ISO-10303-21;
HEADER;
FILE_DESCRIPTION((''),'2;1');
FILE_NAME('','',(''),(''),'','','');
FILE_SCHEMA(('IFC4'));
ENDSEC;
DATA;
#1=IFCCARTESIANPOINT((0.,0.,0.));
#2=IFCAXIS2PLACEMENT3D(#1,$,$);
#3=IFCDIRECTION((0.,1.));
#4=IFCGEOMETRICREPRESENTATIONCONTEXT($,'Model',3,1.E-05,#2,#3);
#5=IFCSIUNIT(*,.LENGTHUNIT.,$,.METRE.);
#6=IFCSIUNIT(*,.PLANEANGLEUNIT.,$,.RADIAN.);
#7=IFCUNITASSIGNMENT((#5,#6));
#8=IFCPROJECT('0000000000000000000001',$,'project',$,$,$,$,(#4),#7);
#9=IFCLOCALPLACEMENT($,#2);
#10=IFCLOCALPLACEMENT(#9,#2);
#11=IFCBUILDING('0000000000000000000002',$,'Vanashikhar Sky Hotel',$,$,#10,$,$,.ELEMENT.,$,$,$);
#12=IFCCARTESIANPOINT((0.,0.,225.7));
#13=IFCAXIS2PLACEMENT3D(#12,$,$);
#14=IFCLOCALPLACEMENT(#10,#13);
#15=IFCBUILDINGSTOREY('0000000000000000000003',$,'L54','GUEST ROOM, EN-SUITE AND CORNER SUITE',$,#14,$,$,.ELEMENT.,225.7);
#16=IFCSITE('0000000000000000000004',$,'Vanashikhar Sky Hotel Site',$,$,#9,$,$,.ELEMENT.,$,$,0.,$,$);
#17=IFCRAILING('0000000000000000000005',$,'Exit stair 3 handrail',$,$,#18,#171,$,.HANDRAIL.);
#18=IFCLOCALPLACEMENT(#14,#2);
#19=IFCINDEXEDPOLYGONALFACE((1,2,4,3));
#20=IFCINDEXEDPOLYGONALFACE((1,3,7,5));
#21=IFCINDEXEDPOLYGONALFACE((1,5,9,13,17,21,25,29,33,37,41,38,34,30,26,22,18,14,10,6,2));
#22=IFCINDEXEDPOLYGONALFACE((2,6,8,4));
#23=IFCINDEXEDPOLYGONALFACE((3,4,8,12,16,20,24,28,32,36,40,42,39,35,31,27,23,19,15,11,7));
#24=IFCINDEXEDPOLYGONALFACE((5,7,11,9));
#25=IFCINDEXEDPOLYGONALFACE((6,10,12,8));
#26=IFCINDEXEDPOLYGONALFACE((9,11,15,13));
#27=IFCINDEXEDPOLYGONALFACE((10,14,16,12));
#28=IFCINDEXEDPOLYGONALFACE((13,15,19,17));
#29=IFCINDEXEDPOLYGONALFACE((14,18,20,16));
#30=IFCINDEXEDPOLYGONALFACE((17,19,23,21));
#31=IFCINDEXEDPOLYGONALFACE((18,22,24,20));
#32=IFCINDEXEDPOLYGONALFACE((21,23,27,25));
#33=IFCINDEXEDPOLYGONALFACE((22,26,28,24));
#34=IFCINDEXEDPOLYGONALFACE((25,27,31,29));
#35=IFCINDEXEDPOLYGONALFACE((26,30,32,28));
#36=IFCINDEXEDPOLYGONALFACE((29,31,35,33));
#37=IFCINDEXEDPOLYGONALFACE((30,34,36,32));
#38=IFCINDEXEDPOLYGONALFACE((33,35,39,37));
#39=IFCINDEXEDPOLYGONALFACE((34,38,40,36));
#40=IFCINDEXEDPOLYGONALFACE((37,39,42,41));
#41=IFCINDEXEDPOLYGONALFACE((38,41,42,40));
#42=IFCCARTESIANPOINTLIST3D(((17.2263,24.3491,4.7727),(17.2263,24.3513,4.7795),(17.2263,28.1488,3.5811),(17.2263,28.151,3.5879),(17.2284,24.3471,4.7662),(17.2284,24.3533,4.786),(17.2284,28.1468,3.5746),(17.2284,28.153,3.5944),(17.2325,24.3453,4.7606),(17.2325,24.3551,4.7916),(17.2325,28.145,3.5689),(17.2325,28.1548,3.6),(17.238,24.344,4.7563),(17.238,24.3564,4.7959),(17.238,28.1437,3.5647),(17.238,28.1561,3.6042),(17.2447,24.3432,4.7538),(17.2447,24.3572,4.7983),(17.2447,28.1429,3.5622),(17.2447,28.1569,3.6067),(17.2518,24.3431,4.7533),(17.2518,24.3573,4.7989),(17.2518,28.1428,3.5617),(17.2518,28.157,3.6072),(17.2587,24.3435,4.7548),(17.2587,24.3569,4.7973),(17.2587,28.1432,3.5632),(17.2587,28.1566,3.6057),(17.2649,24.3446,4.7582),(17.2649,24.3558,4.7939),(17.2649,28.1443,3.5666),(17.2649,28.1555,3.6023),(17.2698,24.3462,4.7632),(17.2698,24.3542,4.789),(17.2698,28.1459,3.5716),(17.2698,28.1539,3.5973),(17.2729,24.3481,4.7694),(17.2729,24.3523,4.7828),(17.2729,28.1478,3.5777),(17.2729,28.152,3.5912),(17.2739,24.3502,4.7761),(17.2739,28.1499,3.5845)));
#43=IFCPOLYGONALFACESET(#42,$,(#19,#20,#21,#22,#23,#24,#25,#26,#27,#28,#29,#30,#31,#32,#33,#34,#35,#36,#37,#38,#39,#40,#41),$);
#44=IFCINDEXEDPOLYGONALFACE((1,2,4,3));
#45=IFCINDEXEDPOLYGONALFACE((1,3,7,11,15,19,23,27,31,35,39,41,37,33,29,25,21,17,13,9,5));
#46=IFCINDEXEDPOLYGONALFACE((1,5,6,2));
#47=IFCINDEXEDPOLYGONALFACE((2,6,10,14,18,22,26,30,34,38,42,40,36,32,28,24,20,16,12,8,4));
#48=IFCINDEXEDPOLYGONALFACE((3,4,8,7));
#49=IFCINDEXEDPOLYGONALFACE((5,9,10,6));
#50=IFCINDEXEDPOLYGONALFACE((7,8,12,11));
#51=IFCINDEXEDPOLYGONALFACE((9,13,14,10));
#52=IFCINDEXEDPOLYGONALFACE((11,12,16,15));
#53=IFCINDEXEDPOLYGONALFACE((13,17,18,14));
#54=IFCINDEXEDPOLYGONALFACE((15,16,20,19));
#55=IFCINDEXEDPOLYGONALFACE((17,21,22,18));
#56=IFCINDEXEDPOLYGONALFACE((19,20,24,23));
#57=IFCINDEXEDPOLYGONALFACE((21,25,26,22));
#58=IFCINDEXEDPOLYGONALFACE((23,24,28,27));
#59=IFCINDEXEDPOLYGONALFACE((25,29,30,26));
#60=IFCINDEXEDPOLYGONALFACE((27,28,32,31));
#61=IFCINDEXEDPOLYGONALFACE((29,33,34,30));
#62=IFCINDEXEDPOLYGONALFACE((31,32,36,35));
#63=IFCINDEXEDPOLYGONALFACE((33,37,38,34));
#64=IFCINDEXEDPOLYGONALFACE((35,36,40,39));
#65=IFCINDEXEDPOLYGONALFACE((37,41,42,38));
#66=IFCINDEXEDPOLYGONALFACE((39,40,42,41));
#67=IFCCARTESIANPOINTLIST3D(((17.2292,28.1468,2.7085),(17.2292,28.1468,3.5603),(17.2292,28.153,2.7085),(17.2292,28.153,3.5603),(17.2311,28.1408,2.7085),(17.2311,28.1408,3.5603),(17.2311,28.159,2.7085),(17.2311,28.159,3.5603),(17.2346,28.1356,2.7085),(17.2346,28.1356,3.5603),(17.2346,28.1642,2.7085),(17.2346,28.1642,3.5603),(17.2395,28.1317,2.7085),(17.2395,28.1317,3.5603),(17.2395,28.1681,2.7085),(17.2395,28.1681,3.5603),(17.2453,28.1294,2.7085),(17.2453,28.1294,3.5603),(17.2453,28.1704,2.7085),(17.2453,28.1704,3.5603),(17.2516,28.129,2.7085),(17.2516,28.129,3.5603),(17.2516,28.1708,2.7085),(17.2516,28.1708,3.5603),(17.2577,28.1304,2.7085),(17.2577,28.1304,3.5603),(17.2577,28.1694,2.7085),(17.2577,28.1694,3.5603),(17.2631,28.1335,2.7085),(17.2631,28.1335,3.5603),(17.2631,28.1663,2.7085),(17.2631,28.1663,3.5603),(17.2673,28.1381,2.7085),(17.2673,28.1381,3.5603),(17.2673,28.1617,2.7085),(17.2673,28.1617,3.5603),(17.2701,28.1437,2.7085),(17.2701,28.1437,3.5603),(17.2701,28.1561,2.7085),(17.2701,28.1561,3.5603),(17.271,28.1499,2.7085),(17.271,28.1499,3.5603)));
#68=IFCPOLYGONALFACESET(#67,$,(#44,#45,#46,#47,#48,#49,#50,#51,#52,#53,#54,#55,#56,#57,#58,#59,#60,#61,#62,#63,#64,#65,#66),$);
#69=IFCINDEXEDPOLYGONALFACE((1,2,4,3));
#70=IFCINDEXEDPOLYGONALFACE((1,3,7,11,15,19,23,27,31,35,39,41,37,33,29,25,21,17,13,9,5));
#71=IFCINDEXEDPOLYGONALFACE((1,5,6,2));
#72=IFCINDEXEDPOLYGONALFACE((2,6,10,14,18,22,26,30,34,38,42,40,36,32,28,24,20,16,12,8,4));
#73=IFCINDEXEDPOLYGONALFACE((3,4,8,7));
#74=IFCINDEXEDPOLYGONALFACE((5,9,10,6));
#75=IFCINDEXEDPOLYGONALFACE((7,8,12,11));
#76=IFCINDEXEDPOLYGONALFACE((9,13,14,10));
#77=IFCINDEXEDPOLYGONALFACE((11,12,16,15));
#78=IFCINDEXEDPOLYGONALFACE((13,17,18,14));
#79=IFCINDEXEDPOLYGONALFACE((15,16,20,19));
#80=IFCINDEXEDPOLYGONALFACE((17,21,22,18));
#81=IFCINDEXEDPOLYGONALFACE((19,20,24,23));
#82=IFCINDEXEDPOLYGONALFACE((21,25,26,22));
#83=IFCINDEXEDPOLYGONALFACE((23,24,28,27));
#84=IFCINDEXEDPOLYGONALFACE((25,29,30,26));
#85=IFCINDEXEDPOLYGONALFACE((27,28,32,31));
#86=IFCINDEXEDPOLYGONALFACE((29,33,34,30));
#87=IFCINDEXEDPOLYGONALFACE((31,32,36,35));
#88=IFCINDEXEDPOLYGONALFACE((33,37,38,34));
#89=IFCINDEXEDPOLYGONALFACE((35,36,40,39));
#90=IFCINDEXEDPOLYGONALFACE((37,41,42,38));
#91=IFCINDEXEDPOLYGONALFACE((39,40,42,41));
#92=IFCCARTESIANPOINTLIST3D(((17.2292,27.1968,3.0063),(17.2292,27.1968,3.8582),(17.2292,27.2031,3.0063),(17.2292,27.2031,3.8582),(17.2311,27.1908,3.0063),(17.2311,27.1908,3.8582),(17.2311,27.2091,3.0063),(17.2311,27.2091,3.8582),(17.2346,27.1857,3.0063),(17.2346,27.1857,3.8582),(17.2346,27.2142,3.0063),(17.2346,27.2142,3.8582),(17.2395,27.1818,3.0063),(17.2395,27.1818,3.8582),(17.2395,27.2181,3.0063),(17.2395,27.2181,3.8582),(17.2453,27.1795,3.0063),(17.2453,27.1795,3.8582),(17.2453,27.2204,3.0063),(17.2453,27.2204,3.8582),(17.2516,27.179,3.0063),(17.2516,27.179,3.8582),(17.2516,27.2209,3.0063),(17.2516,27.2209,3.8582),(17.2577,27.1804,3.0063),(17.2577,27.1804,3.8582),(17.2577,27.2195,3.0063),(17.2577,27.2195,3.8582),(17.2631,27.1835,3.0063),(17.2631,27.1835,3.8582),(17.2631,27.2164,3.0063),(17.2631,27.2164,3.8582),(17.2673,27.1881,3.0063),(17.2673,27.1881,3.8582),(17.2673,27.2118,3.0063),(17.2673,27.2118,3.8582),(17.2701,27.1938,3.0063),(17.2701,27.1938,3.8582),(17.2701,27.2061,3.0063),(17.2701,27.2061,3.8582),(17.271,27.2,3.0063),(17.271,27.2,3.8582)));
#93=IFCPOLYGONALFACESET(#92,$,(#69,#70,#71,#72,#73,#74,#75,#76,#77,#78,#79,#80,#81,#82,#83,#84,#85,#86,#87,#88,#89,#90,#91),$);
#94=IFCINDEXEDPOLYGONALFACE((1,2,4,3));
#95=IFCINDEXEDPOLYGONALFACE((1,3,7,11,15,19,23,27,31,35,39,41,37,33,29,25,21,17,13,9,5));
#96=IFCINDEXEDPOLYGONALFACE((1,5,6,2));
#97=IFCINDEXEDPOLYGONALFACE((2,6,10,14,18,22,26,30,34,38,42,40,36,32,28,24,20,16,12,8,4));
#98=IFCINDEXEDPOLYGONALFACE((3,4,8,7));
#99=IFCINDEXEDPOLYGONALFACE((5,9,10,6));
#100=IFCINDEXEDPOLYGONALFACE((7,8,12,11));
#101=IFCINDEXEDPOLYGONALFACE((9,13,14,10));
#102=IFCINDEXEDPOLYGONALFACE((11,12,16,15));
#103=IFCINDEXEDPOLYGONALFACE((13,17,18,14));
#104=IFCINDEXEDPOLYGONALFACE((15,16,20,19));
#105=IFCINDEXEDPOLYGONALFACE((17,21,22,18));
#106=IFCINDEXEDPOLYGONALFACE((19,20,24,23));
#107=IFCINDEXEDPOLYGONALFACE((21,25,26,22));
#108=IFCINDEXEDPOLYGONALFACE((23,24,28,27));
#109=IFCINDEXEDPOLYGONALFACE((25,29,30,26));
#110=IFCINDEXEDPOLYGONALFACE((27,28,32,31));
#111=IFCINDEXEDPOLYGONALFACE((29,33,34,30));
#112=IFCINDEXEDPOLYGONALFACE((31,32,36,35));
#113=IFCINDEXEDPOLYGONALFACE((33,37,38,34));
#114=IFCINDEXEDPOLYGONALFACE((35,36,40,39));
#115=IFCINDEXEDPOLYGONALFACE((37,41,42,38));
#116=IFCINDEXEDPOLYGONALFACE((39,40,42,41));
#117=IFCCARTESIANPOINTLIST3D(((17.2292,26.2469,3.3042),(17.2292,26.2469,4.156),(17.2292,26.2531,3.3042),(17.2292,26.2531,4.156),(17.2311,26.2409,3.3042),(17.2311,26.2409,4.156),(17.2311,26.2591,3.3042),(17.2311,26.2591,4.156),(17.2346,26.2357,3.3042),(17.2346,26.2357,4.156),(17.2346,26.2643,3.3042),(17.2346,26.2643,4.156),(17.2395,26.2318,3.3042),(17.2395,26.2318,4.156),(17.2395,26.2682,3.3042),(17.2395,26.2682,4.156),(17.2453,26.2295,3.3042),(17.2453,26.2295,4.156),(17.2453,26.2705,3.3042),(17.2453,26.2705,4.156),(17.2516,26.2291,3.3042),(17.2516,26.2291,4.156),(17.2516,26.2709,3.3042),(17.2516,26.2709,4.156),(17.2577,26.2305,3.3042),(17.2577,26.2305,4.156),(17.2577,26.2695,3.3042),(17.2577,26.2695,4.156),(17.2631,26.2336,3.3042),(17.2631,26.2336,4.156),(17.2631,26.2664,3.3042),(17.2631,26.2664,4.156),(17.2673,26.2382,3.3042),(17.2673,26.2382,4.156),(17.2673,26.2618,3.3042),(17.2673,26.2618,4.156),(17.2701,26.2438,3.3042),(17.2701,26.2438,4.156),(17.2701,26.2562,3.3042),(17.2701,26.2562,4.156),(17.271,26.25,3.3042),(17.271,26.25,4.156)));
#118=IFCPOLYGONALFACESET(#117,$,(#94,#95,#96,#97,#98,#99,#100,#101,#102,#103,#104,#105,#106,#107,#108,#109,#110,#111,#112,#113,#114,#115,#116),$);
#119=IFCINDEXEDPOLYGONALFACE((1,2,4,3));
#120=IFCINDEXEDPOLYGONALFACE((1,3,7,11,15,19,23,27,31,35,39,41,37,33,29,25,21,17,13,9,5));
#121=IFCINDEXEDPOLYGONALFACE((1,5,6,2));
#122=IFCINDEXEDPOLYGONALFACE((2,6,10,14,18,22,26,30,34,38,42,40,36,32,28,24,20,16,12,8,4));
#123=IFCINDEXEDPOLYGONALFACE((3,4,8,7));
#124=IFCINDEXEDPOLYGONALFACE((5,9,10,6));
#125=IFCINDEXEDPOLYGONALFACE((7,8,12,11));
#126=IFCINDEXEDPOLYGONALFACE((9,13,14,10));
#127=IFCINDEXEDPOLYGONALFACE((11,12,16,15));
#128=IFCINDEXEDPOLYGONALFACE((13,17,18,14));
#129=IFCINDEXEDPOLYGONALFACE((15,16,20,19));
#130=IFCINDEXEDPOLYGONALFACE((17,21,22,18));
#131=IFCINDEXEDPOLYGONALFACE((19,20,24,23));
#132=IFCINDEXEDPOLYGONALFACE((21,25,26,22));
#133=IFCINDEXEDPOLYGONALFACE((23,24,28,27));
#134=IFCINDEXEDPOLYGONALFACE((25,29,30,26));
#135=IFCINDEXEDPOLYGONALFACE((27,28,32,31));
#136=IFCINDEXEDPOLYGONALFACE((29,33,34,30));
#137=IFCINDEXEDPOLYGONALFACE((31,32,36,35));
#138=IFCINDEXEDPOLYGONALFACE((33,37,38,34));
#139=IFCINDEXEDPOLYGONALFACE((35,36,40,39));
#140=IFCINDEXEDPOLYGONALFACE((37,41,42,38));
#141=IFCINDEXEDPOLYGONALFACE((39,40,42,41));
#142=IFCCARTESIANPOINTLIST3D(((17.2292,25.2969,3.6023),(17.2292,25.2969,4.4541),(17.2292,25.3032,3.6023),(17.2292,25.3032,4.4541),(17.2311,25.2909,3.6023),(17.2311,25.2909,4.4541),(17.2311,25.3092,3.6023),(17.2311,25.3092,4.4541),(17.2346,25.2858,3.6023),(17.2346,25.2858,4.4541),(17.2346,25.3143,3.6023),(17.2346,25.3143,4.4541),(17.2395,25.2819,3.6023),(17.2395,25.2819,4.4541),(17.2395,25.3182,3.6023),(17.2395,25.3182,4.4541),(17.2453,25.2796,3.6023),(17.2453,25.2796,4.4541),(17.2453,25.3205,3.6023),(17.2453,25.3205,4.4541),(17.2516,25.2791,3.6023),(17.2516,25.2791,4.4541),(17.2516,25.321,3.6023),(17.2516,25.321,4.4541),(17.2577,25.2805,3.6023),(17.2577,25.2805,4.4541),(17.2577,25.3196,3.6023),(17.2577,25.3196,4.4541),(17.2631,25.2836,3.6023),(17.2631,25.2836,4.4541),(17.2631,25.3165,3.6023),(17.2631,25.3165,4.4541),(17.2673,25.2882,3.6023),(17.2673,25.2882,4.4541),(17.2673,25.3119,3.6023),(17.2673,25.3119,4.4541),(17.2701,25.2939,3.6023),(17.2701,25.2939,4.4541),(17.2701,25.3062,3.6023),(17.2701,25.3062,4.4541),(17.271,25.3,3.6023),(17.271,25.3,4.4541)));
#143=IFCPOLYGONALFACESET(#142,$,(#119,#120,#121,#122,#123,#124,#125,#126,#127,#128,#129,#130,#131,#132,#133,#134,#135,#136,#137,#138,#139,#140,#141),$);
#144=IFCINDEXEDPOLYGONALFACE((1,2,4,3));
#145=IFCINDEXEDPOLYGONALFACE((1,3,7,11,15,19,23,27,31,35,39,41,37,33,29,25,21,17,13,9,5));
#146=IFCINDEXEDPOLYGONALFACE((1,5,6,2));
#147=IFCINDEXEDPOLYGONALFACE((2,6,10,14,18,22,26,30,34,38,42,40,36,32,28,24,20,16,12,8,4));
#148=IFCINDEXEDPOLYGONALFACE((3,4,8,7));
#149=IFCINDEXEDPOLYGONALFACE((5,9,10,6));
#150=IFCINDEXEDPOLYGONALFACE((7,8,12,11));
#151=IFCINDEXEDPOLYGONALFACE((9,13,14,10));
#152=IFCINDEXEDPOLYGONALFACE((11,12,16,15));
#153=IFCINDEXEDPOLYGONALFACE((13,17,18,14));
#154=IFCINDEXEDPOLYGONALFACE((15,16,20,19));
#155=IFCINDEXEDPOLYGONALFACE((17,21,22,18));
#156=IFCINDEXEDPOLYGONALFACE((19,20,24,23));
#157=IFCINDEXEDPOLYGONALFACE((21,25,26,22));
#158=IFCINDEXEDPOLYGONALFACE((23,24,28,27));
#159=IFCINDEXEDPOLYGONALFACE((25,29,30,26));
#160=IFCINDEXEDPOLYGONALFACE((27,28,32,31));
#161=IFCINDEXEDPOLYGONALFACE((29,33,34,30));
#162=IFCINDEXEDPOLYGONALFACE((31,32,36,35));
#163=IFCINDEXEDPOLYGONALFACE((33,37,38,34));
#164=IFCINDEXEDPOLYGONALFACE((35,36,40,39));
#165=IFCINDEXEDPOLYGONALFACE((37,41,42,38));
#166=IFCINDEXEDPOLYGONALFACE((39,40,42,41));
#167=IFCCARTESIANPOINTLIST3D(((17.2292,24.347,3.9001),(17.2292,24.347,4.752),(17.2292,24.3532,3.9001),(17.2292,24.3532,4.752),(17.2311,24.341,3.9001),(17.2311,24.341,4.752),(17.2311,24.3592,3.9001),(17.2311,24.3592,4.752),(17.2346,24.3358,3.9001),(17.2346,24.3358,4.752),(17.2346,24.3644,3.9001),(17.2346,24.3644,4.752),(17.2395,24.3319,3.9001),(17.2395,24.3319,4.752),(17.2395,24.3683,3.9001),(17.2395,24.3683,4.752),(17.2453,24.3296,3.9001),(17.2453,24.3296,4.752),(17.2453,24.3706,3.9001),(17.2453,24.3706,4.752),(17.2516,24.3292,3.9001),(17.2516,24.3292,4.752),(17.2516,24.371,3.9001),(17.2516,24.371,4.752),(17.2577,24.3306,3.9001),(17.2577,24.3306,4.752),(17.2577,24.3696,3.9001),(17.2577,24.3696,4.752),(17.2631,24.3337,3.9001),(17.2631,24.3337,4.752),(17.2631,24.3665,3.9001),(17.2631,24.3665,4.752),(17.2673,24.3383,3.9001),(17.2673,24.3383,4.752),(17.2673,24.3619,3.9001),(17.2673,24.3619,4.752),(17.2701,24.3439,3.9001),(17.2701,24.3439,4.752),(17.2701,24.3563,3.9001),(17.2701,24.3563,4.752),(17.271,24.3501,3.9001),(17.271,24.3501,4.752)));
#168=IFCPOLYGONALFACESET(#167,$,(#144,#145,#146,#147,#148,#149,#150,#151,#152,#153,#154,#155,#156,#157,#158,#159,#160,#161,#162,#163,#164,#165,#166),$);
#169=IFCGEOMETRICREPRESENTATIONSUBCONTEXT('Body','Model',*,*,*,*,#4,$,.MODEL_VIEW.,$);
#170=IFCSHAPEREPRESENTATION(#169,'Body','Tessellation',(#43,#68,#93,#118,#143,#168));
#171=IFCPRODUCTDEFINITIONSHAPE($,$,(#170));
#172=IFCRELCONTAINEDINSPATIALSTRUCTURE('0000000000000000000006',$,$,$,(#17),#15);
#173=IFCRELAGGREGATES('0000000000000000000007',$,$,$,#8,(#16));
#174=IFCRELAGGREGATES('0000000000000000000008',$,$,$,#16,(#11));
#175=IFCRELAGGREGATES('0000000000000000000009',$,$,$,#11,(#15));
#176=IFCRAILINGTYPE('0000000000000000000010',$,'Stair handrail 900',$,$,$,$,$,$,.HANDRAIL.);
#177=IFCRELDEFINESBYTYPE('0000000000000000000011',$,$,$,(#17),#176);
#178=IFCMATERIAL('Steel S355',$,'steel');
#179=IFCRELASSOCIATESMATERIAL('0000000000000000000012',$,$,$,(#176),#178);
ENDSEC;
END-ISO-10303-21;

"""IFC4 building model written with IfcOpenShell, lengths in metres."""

from ifc_helpers import new_model, si_unit, direction, frame, origin, origin_2d, place, context, subcontext, project, spatial, circle, extrude, source, transform, mapped, material, type_object, element, save


model = new_model("IFC4")

# Units and contexts
model_context = context("Model", 3, precision=1e-05, world=origin(), true_north=direction((0.0, 1.0)))
body_context = subcontext(model_context, "Body", "Model", "MODEL_VIEW")
ifc_project = project(units=[si_unit("LENGTHUNIT", "METRE"), si_unit("PLANEANGLEUNIT", "RADIAN")], contexts=[model_context])

# Site, building, storey
site_placement = place(None, origin())
site = spatial("IfcSite", under=ifc_project, at=site_placement, Name="Vanashikhar Sky Hotel Site", CompositionType="ELEMENT", RefElevation=0.0)
building_placement = place(site_placement, origin())
building = spatial("IfcBuilding", under=site, at=building_placement, Name="Vanashikhar Sky Hotel", CompositionType="ELEMENT")
storey_placement = place(building_placement, frame((0.0, 0.0, 225.7)))
storey = spatial("IfcBuildingStorey", under=building, at=storey_placement, Name="L54", Description="GUEST ROOM, EN-SUITE AND CORNER SUITE", CompositionType="ELEMENT", Elevation=225.7)

# Railing
ifc_material_1 = material(Name="Steel S355", Category="steel")
railing_type = type_object("IfcRailingType", Name="Stair handrail 900", PredefinedType="HANDRAIL", material=ifc_material_1)
shared_shape_1 = source(origin(), body_context, "Body", "SweptSolid", [
    extrude(circle(Radius=0.0239, at=origin_2d()), frame((0.0, 0.0, 0.876), z_axis=(0.0, -0.954178, 0.299238), x_axis=(1.0, 0.0, 0.0)), (0.0, 0.0, 1.0), 3.9822),
    extrude(circle(Radius=0.021, at=origin_2d()), origin(), (0.0, 0.0, 1.0), 0.8518),
    extrude(circle(Radius=0.021, at=origin_2d()), frame((0.0, -0.95, 0.2979)), (0.0, 0.0, 1.0), 0.8518),
    extrude(circle(Radius=0.021, at=origin_2d()), frame((0.0, -1.8999, 0.5957)), (0.0, 0.0, 1.0), 0.8518),
    extrude(circle(Radius=0.021, at=origin_2d()), frame((0.0, -2.8499, 0.8938)), (0.0, 0.0, 1.0), 0.8518),
    extrude(circle(Radius=0.021, at=origin_2d()), frame((0.0, -3.7998, 1.1917)), (0.0, 0.0, 1.0), 0.8518),
])
for number, where, name in (
    (1, (17.25, 28.1499, 2.7085), "Exit stair 3 handrail"),
):
    element("IfcRailing", number, at=place(storey_placement, frame(where)), inside=storey, type_object=railing_type, Name=name, PredefinedType="HANDRAIL", context=body_context, shape_type="MappedRepresentation", body=[
        mapped(shared_shape_1, transform((0.0, 0.0, 0.0), scale=1.0)),
    ])

save(model, "model.ifc")
